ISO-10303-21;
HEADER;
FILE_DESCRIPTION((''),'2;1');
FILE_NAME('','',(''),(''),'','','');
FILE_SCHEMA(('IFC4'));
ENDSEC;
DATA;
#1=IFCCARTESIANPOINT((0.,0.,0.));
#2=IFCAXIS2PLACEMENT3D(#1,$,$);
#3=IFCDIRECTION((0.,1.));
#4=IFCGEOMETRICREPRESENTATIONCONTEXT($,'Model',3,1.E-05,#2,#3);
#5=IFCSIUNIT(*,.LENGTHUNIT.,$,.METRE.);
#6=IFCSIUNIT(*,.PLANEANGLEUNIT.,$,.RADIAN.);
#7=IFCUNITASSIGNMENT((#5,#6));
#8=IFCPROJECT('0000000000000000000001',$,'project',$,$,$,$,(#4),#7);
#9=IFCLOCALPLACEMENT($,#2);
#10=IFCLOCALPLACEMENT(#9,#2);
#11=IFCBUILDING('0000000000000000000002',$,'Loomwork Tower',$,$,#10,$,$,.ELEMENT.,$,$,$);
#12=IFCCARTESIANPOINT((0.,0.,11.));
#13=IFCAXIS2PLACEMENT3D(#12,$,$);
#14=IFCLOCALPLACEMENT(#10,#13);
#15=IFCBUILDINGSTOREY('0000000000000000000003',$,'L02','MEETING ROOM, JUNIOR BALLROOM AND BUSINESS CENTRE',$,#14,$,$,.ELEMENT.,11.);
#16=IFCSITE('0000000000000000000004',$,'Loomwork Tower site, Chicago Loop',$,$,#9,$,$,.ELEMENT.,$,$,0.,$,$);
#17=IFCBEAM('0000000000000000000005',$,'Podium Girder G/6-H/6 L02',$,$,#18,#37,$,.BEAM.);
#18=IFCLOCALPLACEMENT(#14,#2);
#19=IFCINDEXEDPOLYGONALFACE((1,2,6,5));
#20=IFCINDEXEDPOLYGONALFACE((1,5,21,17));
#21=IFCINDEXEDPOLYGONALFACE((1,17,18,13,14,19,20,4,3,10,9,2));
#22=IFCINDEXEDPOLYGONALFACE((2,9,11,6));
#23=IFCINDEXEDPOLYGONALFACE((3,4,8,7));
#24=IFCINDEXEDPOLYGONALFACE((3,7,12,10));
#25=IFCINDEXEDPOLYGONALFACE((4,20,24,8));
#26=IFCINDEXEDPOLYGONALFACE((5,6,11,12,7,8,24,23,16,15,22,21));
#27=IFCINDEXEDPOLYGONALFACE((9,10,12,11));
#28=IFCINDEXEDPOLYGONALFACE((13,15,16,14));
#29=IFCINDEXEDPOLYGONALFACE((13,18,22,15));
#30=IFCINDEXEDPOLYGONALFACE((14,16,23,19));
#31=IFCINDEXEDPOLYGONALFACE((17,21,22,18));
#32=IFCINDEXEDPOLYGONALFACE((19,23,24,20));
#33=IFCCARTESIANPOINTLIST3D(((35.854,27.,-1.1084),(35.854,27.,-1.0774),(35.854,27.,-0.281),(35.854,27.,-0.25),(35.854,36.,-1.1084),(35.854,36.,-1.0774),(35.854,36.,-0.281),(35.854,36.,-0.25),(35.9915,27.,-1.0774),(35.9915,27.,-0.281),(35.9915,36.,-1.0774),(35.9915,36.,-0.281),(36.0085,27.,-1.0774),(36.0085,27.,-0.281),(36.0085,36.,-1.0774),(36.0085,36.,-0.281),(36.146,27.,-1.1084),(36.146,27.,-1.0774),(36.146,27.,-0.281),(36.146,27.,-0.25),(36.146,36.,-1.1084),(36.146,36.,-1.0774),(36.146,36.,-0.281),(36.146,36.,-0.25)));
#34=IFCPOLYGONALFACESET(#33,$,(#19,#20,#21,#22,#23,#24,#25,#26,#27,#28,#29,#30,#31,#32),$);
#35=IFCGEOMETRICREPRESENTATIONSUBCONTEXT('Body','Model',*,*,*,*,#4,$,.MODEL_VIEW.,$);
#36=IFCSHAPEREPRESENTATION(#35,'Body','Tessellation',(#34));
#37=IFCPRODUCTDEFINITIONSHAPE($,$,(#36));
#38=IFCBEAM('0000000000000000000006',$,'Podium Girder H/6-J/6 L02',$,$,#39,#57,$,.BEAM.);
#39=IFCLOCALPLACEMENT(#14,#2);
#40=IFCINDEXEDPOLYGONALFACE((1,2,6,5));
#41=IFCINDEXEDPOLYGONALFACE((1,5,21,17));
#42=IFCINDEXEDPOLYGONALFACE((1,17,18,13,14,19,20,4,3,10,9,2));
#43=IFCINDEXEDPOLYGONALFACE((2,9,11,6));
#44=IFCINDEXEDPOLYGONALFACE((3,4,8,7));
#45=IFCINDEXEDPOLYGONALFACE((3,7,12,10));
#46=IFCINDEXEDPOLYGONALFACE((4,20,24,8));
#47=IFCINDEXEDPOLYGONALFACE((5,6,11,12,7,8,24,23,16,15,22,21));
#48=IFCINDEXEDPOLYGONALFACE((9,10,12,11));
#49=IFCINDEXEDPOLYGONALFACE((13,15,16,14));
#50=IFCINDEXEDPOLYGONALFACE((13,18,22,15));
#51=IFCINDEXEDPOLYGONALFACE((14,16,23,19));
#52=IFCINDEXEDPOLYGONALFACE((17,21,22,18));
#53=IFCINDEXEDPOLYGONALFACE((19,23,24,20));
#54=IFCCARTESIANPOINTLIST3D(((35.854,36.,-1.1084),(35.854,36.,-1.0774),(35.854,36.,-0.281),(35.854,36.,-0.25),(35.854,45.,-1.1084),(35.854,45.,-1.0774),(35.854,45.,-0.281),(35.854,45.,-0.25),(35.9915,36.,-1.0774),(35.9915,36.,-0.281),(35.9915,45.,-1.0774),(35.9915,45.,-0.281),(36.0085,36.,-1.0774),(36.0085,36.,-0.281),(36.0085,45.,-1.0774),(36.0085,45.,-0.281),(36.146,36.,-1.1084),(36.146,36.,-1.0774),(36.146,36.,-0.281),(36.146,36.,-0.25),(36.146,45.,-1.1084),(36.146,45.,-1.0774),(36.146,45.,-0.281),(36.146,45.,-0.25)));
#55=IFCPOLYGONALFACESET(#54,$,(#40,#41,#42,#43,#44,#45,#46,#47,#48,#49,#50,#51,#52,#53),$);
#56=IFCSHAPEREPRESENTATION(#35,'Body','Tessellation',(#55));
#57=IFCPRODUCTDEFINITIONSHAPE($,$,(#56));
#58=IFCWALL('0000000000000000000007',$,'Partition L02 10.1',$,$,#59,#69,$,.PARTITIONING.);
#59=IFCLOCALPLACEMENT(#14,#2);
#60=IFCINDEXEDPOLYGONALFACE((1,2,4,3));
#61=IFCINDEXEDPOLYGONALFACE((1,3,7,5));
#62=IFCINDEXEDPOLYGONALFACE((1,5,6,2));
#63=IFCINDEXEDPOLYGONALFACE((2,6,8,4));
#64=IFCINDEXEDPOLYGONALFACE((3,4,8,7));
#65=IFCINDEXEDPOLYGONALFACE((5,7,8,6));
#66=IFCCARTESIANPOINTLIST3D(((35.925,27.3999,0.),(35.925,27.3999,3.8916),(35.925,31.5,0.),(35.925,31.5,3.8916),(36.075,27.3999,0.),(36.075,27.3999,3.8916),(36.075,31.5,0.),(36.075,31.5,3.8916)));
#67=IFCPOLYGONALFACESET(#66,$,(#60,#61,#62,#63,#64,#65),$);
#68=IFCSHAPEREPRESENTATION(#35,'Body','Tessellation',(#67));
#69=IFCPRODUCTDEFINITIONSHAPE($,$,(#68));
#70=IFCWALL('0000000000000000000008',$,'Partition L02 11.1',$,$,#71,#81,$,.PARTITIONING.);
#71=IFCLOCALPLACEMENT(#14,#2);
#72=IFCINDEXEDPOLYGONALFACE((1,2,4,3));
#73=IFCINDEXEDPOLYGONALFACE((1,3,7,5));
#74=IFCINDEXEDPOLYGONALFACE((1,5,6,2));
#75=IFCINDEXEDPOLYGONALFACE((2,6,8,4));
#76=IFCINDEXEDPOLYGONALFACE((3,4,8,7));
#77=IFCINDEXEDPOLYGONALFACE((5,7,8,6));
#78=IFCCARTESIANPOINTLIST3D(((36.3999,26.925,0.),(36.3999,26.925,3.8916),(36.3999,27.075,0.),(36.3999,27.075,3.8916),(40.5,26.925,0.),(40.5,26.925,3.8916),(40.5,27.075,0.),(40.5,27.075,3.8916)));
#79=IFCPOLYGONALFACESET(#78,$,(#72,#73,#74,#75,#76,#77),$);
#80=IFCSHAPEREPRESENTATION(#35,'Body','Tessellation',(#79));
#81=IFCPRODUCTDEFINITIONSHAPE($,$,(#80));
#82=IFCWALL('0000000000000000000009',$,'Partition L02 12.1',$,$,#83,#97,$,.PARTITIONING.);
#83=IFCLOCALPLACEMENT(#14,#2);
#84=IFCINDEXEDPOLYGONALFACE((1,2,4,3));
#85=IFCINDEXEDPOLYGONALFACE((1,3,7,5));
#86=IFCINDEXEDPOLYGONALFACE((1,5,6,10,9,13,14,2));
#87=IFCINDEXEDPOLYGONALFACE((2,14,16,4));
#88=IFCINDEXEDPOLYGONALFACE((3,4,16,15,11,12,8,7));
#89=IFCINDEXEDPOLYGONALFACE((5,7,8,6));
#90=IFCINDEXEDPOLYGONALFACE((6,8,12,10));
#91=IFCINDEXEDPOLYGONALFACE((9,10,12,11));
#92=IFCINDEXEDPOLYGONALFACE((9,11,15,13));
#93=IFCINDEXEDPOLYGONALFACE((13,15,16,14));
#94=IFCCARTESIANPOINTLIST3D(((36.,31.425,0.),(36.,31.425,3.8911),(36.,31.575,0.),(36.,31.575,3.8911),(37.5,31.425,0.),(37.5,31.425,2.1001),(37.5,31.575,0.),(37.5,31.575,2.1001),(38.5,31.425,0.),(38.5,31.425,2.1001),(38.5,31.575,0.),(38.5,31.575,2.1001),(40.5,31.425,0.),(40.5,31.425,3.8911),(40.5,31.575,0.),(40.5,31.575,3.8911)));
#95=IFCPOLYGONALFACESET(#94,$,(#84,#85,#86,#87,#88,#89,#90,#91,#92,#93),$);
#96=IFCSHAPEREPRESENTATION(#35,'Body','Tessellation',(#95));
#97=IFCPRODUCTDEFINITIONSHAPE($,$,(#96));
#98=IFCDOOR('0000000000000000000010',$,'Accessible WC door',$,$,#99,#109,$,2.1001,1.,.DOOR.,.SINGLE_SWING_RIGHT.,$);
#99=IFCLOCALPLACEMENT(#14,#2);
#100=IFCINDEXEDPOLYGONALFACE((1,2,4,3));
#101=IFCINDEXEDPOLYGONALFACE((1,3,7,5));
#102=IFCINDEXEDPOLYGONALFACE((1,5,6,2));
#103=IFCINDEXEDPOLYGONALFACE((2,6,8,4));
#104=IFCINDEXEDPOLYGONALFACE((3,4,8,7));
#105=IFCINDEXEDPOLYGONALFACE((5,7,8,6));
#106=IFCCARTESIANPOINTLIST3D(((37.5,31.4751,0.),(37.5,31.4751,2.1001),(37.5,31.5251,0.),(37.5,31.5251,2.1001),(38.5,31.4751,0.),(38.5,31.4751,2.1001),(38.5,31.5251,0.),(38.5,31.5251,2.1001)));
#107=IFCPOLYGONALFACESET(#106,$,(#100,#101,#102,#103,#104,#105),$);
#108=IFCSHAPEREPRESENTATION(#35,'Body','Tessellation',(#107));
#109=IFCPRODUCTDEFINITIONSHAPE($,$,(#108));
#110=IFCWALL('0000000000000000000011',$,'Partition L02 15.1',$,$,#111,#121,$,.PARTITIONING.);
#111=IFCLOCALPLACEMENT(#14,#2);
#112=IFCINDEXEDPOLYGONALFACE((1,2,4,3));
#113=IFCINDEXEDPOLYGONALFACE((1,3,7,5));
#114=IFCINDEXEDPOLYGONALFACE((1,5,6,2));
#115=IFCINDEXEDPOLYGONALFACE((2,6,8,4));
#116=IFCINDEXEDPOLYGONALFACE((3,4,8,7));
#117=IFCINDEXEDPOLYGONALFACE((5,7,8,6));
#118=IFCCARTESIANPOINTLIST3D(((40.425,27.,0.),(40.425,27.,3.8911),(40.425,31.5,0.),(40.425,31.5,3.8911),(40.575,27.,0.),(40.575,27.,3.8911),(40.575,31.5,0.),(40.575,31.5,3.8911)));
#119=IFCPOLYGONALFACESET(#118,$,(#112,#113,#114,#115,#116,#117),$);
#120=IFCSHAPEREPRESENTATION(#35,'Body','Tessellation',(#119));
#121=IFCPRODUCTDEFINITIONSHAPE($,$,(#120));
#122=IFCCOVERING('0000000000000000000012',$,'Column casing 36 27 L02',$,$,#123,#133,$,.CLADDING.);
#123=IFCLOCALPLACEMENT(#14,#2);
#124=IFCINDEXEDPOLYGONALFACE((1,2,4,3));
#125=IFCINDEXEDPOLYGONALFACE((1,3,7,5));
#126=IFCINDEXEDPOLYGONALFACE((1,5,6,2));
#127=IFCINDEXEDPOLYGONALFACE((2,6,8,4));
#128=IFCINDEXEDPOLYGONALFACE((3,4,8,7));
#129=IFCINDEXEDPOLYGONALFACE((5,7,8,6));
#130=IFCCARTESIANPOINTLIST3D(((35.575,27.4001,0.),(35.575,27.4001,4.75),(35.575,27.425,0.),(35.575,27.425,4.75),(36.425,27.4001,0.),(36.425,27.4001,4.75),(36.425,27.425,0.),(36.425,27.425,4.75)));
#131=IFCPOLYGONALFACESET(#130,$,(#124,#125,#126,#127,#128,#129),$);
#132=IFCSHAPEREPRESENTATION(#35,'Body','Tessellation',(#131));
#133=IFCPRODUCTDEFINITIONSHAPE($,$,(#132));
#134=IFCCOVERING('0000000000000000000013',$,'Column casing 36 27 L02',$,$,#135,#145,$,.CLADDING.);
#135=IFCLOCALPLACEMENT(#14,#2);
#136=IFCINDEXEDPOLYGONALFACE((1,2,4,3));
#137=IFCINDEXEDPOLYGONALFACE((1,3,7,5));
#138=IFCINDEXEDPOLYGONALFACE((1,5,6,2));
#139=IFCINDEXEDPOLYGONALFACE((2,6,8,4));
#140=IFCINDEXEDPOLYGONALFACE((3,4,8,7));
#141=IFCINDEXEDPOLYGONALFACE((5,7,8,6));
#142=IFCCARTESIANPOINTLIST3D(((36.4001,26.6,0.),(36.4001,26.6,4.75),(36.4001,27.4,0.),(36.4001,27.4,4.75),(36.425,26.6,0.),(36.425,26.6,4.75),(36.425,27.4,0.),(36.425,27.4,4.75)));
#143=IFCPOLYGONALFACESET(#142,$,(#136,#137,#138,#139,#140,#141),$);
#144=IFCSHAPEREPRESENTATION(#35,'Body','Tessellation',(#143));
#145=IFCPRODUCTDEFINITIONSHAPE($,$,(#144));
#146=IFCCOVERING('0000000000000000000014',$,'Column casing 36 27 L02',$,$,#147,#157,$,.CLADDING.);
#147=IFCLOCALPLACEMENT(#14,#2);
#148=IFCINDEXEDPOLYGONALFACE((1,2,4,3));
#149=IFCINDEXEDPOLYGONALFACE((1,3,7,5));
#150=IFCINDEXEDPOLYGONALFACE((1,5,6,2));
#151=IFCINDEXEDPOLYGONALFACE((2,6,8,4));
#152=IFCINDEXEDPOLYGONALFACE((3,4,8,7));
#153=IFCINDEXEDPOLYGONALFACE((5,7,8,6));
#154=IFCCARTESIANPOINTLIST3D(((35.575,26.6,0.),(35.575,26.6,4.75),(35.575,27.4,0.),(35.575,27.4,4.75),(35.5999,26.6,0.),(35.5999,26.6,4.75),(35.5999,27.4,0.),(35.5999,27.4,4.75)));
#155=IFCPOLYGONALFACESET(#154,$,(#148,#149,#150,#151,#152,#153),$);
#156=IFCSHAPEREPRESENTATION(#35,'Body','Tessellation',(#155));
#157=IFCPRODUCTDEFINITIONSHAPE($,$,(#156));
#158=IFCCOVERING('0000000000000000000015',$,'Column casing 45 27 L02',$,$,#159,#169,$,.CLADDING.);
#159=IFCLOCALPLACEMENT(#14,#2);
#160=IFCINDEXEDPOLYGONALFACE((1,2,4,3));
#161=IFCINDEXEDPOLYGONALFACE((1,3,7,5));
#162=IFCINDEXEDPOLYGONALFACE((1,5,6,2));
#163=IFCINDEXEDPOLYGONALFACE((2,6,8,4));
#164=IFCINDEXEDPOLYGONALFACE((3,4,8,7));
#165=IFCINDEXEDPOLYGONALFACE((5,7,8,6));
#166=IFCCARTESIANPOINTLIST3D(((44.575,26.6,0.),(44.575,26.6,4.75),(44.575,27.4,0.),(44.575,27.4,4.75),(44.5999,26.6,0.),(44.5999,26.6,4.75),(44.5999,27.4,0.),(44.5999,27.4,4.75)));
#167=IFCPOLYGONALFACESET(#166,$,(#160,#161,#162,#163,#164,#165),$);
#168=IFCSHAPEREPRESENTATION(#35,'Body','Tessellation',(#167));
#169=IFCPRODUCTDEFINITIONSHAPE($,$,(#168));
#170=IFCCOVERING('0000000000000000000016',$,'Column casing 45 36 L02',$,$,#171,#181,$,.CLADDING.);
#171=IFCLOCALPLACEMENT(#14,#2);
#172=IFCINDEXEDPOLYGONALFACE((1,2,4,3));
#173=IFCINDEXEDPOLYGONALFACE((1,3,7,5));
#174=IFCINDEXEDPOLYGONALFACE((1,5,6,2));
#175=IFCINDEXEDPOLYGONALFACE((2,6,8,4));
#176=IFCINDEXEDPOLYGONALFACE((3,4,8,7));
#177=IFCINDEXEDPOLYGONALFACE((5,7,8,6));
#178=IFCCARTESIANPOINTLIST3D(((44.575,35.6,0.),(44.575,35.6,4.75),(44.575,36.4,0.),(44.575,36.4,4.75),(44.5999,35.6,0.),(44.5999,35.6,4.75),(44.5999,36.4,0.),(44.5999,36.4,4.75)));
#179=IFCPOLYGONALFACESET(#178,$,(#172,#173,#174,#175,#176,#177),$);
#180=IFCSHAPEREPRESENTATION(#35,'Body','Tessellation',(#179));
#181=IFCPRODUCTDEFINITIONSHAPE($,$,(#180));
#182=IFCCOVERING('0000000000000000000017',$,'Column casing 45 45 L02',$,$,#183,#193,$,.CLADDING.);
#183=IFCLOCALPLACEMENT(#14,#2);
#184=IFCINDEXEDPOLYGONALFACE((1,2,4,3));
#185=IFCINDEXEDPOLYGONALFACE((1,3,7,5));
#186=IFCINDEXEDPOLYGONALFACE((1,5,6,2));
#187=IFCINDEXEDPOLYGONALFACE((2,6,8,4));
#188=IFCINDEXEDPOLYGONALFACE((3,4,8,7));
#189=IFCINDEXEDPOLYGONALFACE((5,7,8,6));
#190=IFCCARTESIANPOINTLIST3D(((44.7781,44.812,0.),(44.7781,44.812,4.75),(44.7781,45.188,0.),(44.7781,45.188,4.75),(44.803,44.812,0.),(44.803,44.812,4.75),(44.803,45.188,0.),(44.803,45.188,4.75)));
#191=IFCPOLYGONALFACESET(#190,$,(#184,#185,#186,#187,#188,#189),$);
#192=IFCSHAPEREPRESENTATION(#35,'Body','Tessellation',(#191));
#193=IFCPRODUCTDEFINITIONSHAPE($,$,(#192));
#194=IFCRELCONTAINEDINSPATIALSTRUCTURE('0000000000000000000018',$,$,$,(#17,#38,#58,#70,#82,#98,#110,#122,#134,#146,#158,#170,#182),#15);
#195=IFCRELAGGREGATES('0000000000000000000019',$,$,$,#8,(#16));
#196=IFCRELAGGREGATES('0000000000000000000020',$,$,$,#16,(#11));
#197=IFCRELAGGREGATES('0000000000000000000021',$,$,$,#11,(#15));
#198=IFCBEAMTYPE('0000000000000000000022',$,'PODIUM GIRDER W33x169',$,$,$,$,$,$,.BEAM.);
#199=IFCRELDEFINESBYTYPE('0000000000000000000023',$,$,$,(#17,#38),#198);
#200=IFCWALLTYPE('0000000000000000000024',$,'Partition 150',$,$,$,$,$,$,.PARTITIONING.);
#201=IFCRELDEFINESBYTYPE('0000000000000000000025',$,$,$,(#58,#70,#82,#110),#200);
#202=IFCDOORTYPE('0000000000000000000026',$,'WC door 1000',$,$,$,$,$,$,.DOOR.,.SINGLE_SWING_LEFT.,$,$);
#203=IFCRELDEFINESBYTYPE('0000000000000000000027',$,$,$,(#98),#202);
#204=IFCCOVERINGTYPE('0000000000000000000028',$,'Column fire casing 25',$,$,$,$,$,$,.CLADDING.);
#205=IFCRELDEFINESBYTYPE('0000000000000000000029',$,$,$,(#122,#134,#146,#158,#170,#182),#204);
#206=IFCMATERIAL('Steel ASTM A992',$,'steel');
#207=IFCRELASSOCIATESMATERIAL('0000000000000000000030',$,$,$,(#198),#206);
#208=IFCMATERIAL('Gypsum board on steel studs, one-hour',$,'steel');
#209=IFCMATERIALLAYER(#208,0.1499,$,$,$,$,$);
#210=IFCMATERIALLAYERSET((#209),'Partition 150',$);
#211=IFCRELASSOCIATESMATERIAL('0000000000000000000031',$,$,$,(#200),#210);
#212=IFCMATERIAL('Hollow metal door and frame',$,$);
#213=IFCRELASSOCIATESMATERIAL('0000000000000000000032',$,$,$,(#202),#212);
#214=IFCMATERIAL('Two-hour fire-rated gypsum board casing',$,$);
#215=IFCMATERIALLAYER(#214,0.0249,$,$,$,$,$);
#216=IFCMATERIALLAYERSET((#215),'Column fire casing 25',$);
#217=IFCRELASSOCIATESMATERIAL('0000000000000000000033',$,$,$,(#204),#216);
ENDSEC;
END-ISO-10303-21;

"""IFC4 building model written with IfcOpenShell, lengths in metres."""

from ifc_helpers import new_model, si_unit, direction, frame, frame_2d, origin, origin_2d, place, context, subcontext, project, spatial, rectangle, i_section, extrude, material, layer, layer_set, material_profile, profile_set, type_object, element, fill, save


model = new_model("IFC4")

# Units and contexts
model_context = context("Model", 3, precision=1e-05, world=origin(), true_north=direction((0.0, 1.0)))
body_context = subcontext(model_context, "Body", "Model", "MODEL_VIEW")
ifc_project = project(units=[si_unit("LENGTHUNIT", "METRE"), si_unit("PLANEANGLEUNIT", "RADIAN")], contexts=[model_context])

# Site, building, storey
site_placement = place(None, origin())
site = spatial("IfcSite", under=ifc_project, at=site_placement, Name="Loomwork Tower site, Chicago Loop", CompositionType="ELEMENT", RefElevation=0.0)
building_placement = place(site_placement, origin())
building = spatial("IfcBuilding", under=site, at=building_placement, Name="Loomwork Tower", CompositionType="ELEMENT")
storey_placement = place(building_placement, frame((0.0, 0.0, 11.0)))
storey = spatial("IfcBuildingStorey", under=building, at=storey_placement, Name="L02", Description="MEETING ROOM, JUNIOR BALLROOM AND BUSINESS CENTRE", CompositionType="ELEMENT", Elevation=11.0)

# Beams
ifc_material_1 = material(Name="Steel ASTM A992", Category="steel")
ifc_material_profile_1 = material_profile(ifc_material_1, i_section(OverallWidth=0.292, OverallDepth=0.8584, WebThickness=0.0171, FlangeThickness=0.031, at=origin_2d()), Name="W33x169")
ifc_profile_set_1 = profile_set([ifc_material_profile_1], Name="Steel ASTM A992")
beam_type_1 = type_object("IfcBeamType", Name="PODIUM GIRDER W33x169", PredefinedType="BEAM", material=ifc_profile_set_1)
for number, where, z_axis, x_axis, name in (
    (1, (36.0, 27.0, -0.6792), (0.0, 1.0, 0.0), (-1.0, 0.0, 0.0), "Podium Girder G/6-H/6 L02"),
    (2, (36.0, 36.0, -0.6792), (0.0, 1.0, 0.0), (-1.0, 0.0, 0.0), "Podium Girder H/6-J/6 L02"),
):
    element("IfcBeam", number, at=place(storey_placement, frame(where, z_axis=z_axis, x_axis=x_axis)), inside=storey, type_object=beam_type_1, Name=name, PredefinedType="BEAM", context=body_context, shape_type="SweptSolid", body=[
        extrude(i_section(OverallWidth=0.292, OverallDepth=0.8584, WebThickness=0.0171, FlangeThickness=0.031, at=origin_2d()), origin(), (0.0, 0.0, 1.0), 9.0),
    ])

# Walls
ifc_material_2 = material(Name="Gypsum board on steel studs, one-hour", Category="steel")
ifc_layer_1 = layer(ifc_material_2, 0.1499)
ifc_layer_set_1 = layer_set([ifc_layer_1], Name="Partition 150")
wall_type = type_object("IfcWallType", Name="Partition 150", PredefinedType="PARTITIONING", material=ifc_layer_set_1)
for number, where, z_axis, x_axis, name in (
    (3, (36.0, 27.3999, 0.0), (0.0, 0.0, 1.0), (0.0, 1.0, 0.0), "Partition L02 10.1"),
    (4, (40.5, 27.0, 0.0), (0.0, 0.0, 1.0), (-1.0, 0.0, 0.0), "Partition L02 11.1"),
):
    element("IfcWall", number, at=place(storey_placement, frame(where, z_axis=z_axis, x_axis=x_axis)), inside=storey, type_object=wall_type, Name=name, PredefinedType="PARTITIONING", context=body_context, shape_type="SweptSolid", body=[
        extrude(rectangle(XDim=4.1001, YDim=0.1499, at=frame_2d((2.05, 0.0))), origin(), (0.0, 0.0, 1.0), 3.8916),
    ])

# Wall, opening, door
wall_1_placement = place(storey_placement, frame((36.0, 31.5, 0.0), z_axis=(0.0, 0.0, 1.0), x_axis=(1.0, 0.0, 0.0)))
wall_1 = element("IfcWall", 5, at=wall_1_placement, inside=storey, type_object=wall_type, Name="Partition L02 12.1", PredefinedType="PARTITIONING", context=body_context, shape_type="SweptSolid", body=[
    extrude(rectangle(XDim=4.5, YDim=0.1499, at=frame_2d((2.25, 0.0))), origin(), (0.0, 0.0, 1.0), 3.8911),
])
opening_placement = place(wall_1_placement, frame((1.5, 0.0, 0.0)))
opening = element("IfcOpeningElement", 6, at=opening_placement, cuts=wall_1, PredefinedType="OPENING", context=body_context, shape_type="SweptSolid", body=[
    extrude(rectangle(XDim=1.0, YDim=2.1001, at=frame_2d((0.5, 1.05))), frame((0.0, 0.085, 0.0), z_axis=(0.0, -1.0, 0.0), x_axis=(1.0, 0.0, 0.0)), (0.0, 0.0, 1.0), 0.1699),
])
ifc_material_3 = material(Name="Hollow metal door and frame")
door_type = type_object("IfcDoorType", Name="WC door 1000", OperationType="SINGLE_SWING_LEFT", PredefinedType="DOOR", material=ifc_material_3)
door_placement = place(opening_placement, frame((1.0, 0.0, 0.0), z_axis=(0.0, 0.0, 1.0), x_axis=(-1.0, 0.0, 0.0)))
door = element("IfcDoor", 7, at=door_placement, inside=storey, type_object=door_type, Name="Accessible WC door", OperationType="SINGLE_SWING_RIGHT", OverallHeight=2.1001, OverallWidth=1.0, PredefinedType="DOOR", context=body_context, shape_type="SweptSolid", body=[
    extrude(rectangle(XDim=1.0, YDim=2.1001, at=frame_2d((0.5, 1.05))), frame((0.0, 0.0249, 0.0), z_axis=(0.0, -1.0, 0.0), x_axis=(1.0, 0.0, 0.0)), (0.0, 0.0, 1.0), 0.05),
])
fill(opening, door)

# Wall
wall_2_placement = place(storey_placement, frame((40.5, 31.5, 0.0), z_axis=(0.0, 0.0, 1.0), x_axis=(0.0, -1.0, 0.0)))
element("IfcWall", 8, at=wall_2_placement, inside=storey, type_object=wall_type, Name="Partition L02 15.1", PredefinedType="PARTITIONING", context=body_context, shape_type="SweptSolid", body=[
    extrude(rectangle(XDim=4.5, YDim=0.1499, at=frame_2d((2.25, 0.0))), origin(), (0.0, 0.0, 1.0), 3.8911),
])

# Coverings
ifc_material_4 = material(Name="Two-hour fire-rated gypsum board casing")
ifc_layer_2 = layer(ifc_material_4, 0.0249)
ifc_layer_set_2 = layer_set([ifc_layer_2], Name="Column fire casing 25")
covering_type = type_object("IfcCoveringType", Name="Column fire casing 25", PredefinedType="CLADDING", material=ifc_layer_set_2)
covering_1_placement = place(storey_placement, frame((36.0, 27.4126, 0.0), z_axis=(0.0, 0.0, 1.0), x_axis=(1.0, 0.0, 0.0)))
element("IfcCovering", 9, at=covering_1_placement, inside=storey, type_object=covering_type, Name="Column casing 36 27 L02", PredefinedType="CLADDING", context=body_context, shape_type="SweptSolid", body=[
    extrude(rectangle(XDim=0.8501, YDim=0.0249, at=origin_2d()), origin(), (0.0, 0.0, 1.0), 4.75),
])
for number, where, z_axis, x_axis, name in (
    (10, (36.4126, 27.0, 0.0), (0.0, 0.0, 1.0), (1.0, 0.0, 0.0), "Column casing 36 27 L02"),
    (11, (35.5874, 27.0, 0.0), (0.0, 0.0, 1.0), (1.0, 0.0, 0.0), "Column casing 36 27 L02"),
    (12, (44.5874, 27.0, 0.0), (0.0, 0.0, 1.0), (1.0, 0.0, 0.0), "Column casing 45 27 L02"),
    (13, (44.5874, 36.0, 0.0), (0.0, 0.0, 1.0), (1.0, 0.0, 0.0), "Column casing 45 36 L02"),
):
    element("IfcCovering", number, at=place(storey_placement, frame(where, z_axis=z_axis, x_axis=x_axis)), inside=storey, type_object=covering_type, Name=name, PredefinedType="CLADDING", context=body_context, shape_type="SweptSolid", body=[
        extrude(rectangle(XDim=0.0249, YDim=0.8, at=origin_2d()), origin(), (0.0, 0.0, 1.0), 4.75),
    ])
covering_2_placement = place(storey_placement, frame((44.7905, 45.0, 0.0), z_axis=(0.0, 0.0, 1.0), x_axis=(1.0, 0.0, 0.0)))
element("IfcCovering", 14, at=covering_2_placement, inside=storey, type_object=covering_type, Name="Column casing 45 45 L02", PredefinedType="CLADDING", context=body_context, shape_type="SweptSolid", body=[
    extrude(rectangle(XDim=0.0249, YDim=0.376, at=origin_2d()), origin(), (0.0, 0.0, 1.0), 4.75),
])

save(model, "model.ifc")
